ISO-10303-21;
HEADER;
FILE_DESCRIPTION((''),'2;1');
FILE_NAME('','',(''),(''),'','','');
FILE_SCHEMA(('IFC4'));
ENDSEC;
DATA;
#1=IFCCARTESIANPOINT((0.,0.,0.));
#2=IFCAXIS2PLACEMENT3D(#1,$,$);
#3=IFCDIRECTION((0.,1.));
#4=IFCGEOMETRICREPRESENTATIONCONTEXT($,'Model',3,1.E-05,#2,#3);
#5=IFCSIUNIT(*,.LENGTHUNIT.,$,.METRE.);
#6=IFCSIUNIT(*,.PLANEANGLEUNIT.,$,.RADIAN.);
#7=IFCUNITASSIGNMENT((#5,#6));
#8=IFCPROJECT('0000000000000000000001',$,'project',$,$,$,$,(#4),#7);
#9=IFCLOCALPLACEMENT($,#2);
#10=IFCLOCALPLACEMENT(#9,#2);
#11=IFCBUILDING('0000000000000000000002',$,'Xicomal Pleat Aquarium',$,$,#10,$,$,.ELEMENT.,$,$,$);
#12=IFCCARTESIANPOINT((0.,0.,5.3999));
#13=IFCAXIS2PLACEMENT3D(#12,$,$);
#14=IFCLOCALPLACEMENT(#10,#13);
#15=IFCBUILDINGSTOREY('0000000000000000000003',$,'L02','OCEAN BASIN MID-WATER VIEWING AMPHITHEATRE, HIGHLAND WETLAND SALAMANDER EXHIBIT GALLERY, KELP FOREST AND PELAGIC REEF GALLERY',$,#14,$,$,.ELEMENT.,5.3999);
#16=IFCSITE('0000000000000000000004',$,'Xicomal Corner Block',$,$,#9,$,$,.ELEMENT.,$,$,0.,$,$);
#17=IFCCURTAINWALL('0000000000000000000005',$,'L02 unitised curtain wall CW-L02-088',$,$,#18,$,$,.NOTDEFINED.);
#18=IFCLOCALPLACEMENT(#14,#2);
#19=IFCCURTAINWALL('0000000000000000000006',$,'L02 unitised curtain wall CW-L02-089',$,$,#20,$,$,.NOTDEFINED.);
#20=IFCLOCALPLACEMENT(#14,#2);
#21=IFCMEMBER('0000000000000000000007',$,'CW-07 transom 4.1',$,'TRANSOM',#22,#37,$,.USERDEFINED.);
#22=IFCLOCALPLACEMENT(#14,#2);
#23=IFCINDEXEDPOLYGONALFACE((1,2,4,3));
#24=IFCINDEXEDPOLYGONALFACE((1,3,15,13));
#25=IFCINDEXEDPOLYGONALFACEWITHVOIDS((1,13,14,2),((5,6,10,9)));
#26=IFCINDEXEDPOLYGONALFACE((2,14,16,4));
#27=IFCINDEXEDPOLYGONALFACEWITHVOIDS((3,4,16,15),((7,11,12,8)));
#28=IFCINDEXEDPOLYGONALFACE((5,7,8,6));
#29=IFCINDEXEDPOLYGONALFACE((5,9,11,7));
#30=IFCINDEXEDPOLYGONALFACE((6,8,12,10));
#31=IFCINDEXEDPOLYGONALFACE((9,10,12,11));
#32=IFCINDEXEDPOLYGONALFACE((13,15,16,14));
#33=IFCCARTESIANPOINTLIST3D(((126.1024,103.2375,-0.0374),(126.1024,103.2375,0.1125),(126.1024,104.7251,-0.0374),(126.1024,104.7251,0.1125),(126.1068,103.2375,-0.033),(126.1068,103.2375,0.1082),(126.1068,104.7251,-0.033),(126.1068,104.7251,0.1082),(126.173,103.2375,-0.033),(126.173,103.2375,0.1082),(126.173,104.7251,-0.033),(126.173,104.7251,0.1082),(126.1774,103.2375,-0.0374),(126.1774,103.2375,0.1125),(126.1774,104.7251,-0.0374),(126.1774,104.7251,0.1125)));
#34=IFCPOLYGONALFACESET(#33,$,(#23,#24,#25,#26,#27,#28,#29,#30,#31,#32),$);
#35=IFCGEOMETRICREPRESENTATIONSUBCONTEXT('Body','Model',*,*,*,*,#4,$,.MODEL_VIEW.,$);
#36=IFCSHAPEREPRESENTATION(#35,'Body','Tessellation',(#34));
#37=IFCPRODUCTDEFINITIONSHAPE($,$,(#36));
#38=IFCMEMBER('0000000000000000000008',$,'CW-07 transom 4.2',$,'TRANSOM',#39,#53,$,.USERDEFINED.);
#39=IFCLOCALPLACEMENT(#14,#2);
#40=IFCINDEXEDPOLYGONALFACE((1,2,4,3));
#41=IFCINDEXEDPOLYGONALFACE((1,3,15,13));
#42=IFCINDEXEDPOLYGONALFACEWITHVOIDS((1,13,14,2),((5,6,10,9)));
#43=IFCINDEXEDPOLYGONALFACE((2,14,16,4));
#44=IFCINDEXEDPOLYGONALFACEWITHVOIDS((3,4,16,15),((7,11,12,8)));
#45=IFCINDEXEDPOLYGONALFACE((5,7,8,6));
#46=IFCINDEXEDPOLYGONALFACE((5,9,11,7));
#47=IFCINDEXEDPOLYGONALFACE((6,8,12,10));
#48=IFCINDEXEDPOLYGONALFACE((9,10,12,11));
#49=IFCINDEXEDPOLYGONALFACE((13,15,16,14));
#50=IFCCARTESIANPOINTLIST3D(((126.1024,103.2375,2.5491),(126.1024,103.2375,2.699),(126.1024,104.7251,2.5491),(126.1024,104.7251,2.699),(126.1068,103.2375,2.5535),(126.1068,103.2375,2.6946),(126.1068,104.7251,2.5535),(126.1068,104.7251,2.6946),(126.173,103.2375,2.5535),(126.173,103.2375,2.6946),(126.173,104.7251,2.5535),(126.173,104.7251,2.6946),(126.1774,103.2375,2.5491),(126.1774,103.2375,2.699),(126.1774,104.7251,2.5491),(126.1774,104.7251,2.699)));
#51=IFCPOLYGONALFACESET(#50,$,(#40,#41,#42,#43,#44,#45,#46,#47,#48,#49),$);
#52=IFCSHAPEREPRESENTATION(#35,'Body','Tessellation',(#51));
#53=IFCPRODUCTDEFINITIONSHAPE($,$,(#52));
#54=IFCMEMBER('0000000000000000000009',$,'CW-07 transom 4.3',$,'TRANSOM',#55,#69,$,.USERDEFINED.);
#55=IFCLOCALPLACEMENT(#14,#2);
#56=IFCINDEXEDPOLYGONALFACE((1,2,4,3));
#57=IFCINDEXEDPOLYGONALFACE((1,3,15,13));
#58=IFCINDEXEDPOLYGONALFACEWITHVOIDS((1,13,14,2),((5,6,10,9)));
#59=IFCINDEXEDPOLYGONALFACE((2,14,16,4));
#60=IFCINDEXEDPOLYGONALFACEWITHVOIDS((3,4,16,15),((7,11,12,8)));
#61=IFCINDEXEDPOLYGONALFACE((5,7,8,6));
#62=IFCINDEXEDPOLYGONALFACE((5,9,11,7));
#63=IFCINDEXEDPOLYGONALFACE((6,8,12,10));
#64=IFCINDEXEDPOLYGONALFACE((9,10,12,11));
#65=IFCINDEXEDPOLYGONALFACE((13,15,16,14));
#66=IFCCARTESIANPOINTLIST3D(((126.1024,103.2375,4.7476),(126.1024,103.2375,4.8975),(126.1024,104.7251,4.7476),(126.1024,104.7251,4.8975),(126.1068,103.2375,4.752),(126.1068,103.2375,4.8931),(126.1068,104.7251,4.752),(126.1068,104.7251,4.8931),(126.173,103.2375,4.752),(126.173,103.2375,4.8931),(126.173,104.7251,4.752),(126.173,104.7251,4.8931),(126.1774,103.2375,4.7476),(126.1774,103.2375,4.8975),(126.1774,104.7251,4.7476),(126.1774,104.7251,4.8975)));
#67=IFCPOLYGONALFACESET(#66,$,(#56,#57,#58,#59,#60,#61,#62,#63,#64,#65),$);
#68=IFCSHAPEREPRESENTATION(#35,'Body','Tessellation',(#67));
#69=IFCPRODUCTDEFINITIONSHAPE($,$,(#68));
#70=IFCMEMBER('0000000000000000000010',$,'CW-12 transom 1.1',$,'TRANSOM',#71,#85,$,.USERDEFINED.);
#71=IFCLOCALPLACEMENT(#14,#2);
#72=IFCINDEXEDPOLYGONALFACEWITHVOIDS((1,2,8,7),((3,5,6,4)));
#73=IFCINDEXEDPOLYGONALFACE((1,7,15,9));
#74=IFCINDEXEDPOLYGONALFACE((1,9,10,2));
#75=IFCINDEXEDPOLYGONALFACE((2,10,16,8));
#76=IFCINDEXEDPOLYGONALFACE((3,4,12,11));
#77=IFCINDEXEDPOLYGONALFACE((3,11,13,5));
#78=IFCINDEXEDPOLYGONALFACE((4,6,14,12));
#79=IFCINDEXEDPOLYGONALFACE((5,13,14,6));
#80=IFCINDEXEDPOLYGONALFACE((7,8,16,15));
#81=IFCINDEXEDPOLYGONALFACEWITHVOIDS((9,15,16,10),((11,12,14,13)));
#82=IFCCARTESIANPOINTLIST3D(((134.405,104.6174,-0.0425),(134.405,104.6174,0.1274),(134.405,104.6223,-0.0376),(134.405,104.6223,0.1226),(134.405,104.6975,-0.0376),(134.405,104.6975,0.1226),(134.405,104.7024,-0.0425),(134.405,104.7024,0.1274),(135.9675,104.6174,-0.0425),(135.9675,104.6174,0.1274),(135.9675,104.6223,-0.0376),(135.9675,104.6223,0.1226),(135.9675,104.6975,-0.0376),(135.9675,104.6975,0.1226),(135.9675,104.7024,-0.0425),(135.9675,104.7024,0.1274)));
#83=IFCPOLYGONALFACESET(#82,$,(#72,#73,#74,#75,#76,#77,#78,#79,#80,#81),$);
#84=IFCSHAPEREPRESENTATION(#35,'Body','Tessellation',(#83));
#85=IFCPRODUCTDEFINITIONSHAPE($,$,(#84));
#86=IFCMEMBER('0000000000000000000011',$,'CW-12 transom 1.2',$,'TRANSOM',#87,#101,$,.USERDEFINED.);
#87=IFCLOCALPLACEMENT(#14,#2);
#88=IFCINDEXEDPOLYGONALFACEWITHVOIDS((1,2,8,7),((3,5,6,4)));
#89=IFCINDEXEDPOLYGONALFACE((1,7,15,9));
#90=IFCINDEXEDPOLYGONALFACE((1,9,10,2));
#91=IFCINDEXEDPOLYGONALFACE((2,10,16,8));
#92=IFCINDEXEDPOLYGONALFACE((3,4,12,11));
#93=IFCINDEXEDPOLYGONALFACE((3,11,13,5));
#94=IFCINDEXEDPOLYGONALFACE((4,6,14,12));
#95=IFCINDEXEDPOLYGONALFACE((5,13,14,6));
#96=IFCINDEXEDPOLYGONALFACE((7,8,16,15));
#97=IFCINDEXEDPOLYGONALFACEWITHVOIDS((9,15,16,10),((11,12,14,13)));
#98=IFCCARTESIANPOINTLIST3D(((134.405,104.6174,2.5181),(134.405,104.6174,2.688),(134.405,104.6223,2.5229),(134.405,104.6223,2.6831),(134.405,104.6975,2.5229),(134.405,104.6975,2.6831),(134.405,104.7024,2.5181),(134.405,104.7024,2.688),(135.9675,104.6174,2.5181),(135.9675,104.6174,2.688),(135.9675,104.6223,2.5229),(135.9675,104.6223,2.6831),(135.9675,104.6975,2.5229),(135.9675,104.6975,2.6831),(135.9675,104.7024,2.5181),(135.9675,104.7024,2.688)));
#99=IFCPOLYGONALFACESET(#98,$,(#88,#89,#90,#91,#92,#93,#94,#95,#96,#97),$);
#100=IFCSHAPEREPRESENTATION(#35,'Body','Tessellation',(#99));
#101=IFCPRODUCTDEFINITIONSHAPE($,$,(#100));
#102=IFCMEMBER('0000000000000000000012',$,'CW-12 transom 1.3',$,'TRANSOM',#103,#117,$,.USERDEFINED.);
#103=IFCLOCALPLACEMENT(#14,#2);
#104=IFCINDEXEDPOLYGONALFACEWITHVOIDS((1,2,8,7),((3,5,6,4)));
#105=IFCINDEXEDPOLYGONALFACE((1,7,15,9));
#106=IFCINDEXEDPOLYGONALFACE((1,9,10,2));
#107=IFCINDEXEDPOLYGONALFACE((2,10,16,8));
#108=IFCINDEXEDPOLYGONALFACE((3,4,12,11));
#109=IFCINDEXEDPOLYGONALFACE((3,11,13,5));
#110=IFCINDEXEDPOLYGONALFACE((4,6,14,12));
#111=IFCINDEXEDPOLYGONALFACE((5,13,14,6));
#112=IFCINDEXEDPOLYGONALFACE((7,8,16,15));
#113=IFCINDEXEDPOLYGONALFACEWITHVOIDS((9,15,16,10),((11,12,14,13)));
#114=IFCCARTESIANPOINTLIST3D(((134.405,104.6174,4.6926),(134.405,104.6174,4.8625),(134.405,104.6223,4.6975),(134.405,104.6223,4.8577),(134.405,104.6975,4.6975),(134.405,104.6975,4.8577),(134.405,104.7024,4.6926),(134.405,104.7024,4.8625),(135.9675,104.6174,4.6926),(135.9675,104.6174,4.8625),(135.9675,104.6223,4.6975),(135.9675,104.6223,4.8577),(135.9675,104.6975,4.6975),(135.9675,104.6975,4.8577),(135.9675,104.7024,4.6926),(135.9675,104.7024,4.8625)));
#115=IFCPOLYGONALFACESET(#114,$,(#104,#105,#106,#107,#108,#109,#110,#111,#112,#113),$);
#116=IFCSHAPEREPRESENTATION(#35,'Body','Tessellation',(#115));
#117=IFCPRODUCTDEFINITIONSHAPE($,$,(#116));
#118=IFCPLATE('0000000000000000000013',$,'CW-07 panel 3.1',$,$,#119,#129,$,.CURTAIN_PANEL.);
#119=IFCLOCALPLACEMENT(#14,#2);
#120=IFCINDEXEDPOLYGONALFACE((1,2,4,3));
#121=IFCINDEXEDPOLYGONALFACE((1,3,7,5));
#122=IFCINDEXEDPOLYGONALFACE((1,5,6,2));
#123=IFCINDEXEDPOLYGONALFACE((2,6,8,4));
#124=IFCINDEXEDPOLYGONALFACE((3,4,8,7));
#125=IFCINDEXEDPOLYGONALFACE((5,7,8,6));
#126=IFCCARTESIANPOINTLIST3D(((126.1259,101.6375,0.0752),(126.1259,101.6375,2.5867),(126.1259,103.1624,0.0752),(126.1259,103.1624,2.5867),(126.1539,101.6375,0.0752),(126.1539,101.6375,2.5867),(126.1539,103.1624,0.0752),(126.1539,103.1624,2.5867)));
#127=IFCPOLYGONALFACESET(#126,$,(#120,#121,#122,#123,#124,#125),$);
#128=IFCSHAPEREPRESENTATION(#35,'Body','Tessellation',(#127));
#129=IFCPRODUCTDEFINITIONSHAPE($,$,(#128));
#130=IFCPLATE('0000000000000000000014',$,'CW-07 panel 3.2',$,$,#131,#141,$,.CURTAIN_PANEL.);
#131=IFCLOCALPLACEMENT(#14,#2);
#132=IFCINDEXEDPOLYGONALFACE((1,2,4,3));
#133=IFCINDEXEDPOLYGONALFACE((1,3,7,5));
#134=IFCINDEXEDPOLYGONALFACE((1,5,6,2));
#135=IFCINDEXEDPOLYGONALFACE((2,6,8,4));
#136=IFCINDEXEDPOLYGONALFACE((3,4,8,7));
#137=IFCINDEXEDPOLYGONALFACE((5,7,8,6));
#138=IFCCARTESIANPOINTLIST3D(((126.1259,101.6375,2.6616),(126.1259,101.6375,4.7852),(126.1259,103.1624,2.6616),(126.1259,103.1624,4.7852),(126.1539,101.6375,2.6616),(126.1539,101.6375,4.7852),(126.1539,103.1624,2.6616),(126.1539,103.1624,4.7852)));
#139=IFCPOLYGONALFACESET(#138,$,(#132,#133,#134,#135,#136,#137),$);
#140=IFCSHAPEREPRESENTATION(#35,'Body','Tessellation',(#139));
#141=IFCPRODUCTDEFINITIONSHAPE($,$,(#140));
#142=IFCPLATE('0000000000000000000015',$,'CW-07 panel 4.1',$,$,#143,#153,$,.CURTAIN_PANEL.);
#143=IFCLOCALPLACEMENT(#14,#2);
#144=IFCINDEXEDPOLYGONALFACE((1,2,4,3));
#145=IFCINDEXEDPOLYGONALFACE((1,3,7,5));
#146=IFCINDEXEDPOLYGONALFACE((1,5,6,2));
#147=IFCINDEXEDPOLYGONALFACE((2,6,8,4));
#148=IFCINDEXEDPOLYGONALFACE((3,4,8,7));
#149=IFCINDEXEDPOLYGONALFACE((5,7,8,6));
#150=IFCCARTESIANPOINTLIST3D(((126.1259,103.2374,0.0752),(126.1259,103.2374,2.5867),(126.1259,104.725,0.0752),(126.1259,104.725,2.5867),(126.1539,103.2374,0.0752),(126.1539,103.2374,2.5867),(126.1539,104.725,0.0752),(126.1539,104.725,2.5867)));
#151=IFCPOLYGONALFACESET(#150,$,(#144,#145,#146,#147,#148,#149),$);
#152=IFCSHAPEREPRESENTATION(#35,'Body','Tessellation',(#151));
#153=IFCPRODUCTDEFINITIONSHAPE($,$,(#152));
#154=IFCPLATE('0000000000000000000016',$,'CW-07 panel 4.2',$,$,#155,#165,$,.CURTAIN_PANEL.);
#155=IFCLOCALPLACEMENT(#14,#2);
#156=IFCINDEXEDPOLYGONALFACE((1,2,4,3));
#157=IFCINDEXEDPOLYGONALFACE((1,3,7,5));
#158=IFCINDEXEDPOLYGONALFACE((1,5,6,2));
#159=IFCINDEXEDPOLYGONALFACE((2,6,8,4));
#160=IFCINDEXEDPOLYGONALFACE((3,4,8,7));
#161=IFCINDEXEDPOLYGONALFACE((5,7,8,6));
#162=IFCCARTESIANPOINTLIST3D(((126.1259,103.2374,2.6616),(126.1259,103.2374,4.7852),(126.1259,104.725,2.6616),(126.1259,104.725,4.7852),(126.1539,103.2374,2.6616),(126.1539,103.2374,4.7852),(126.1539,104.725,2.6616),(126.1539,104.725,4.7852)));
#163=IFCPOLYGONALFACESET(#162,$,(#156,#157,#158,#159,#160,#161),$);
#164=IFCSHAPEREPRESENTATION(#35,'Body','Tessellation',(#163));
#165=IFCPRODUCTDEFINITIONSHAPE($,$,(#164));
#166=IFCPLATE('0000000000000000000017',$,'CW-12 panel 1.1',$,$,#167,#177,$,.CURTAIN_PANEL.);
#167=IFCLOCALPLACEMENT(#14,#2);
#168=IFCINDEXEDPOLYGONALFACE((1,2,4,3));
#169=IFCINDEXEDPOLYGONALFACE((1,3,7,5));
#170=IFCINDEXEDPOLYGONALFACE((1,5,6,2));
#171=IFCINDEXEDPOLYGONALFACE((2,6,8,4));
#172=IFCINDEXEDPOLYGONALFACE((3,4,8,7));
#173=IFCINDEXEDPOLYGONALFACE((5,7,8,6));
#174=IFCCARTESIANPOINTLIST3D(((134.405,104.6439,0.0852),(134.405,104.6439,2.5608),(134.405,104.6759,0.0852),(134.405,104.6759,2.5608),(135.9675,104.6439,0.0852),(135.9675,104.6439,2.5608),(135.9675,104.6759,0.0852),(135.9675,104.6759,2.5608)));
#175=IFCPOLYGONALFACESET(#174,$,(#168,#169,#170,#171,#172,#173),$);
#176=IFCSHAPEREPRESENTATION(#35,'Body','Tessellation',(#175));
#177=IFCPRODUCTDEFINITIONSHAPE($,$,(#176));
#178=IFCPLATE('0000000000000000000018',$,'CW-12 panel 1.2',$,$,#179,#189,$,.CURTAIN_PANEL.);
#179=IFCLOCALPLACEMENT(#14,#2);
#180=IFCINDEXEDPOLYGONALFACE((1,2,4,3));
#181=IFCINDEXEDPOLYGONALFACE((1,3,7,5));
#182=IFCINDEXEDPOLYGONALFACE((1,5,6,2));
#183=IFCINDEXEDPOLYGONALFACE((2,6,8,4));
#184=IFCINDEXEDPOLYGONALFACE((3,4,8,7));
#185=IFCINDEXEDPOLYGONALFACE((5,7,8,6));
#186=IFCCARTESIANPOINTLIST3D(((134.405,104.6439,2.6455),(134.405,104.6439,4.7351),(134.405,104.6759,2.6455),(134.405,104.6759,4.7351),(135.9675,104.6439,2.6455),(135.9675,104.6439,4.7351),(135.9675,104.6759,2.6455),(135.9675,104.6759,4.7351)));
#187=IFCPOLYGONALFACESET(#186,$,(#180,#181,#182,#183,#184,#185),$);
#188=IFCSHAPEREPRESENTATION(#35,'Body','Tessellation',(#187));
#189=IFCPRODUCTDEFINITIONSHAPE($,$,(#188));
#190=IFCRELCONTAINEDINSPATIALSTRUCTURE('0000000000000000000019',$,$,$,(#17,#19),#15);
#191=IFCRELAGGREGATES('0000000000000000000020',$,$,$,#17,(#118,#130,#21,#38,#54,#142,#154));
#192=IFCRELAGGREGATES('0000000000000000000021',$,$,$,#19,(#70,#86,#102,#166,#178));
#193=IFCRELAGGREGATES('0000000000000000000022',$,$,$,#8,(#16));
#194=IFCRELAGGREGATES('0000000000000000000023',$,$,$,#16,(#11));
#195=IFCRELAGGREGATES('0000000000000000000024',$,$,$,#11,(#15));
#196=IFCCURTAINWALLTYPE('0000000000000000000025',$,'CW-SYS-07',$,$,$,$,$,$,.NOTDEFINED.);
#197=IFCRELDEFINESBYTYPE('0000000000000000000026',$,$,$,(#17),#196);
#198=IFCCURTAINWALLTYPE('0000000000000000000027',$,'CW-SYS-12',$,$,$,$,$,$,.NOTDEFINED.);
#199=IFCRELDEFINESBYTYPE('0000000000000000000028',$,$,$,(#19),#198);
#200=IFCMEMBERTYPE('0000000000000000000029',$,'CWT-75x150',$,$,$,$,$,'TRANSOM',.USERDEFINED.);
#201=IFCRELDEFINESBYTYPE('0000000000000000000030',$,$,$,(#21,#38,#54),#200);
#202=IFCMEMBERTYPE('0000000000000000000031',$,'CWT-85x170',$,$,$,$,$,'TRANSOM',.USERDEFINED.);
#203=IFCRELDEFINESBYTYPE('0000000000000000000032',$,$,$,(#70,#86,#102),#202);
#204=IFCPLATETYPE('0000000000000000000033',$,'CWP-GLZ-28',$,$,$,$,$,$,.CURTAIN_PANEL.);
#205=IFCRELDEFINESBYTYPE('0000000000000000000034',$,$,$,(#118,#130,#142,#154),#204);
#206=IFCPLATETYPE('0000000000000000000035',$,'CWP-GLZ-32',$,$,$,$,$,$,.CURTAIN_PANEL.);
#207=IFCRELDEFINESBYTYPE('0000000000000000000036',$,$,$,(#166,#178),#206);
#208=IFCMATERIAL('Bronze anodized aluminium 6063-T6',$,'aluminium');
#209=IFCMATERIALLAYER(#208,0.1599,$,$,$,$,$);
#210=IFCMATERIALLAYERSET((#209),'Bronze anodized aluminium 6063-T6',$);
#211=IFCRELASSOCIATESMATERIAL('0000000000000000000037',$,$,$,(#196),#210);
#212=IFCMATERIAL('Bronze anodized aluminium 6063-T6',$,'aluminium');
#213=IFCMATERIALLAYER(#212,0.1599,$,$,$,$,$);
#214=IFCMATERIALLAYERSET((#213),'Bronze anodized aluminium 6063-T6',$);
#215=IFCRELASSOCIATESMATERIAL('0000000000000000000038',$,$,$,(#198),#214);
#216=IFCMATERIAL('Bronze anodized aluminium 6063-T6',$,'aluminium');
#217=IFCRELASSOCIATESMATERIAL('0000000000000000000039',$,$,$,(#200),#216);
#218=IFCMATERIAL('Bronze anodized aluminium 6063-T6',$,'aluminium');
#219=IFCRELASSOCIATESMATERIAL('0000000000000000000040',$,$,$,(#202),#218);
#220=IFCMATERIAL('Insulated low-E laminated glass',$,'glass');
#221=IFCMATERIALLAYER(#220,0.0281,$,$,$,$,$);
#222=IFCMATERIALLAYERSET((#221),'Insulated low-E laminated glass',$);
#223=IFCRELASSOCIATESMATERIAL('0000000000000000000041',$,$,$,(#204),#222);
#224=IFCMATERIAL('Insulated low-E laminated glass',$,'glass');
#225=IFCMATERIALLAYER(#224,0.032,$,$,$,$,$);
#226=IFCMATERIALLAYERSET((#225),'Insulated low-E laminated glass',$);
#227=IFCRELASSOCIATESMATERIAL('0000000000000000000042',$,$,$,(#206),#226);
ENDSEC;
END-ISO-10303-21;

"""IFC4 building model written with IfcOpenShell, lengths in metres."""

from ifc_helpers import new_model, si_unit, direction, frame, origin, origin_2d, place, context, subcontext, project, spatial, rectangle, hollow_rectangle, extrude, material, layer, layer_set, material_profile, profile_set, type_object, element, aggregate, save


model = new_model("IFC4")

# Units and contexts
model_context = context("Model", 3, precision=1e-05, world=origin(), true_north=direction((0.0, 1.0)))
body_context = subcontext(model_context, "Body", "Model", "MODEL_VIEW")
ifc_project = project(units=[si_unit("LENGTHUNIT", "METRE"), si_unit("PLANEANGLEUNIT", "RADIAN")], contexts=[model_context])

# Site, building, storey
site_placement = place(None, origin())
site = spatial("IfcSite", under=ifc_project, at=site_placement, Name="Xicomal Corner Block", CompositionType="ELEMENT", RefElevation=0.0)
building_placement = place(site_placement, origin())
building = spatial("IfcBuilding", under=site, at=building_placement, Name="Xicomal Pleat Aquarium", CompositionType="ELEMENT")
storey_placement = place(building_placement, frame((0.0, 0.0, 5.3999)))
storey = spatial("IfcBuildingStorey", under=building, at=storey_placement, Name="L02", Description="OCEAN BASIN MID-WATER VIEWING AMPHITHEATRE, HIGHLAND WETLAND SALAMANDER EXHIBIT GALLERY, KELP FOREST AND PELAGIC REEF GALLERY", CompositionType="ELEMENT", Elevation=5.3999)

# Curtain wall
ifc_material_1 = material(Name="Bronze anodized aluminium 6063-T6", Category="aluminium")
ifc_layer_1 = layer(ifc_material_1, 0.1599)
ifc_layer_set_1 = layer_set([ifc_layer_1], Name="Bronze anodized aluminium 6063-T6")
curtain_wall_type_1 = type_object("IfcCurtainWallType", Name="CW-SYS-07", PredefinedType="NOTDEFINED", material=ifc_layer_set_1)
curtain_wall_1_placement = place(storey_placement, origin())
curtain_wall_1 = element("IfcCurtainWall", 1, at=curtain_wall_1_placement, inside=storey, type_object=curtain_wall_type_1, Name="L02 unitised curtain wall CW-L02-088", PredefinedType="NOTDEFINED")

# Curtain wall
ifc_material_2 = material(Name="Bronze anodized aluminium 6063-T6", Category="aluminium")
ifc_layer_2 = layer(ifc_material_2, 0.1599)
ifc_layer_set_2 = layer_set([ifc_layer_2], Name="Bronze anodized aluminium 6063-T6")
curtain_wall_type_2 = type_object("IfcCurtainWallType", Name="CW-SYS-12", PredefinedType="NOTDEFINED", material=ifc_layer_set_2)
curtain_wall_2_placement = place(storey_placement, origin())
curtain_wall_2 = element("IfcCurtainWall", 2, at=curtain_wall_2_placement, inside=storey, type_object=curtain_wall_type_2, Name="L02 unitised curtain wall CW-L02-089", PredefinedType="NOTDEFINED")

# Members
ifc_material_3 = material(Name="Bronze anodized aluminium 6063-T6", Category="aluminium")
ifc_material_profile_1 = material_profile(ifc_material_3, hollow_rectangle(XDim=0.075, YDim=0.1499, WallThickness=0.0044, at=origin_2d()), Name="ALU TRAN 75x150")
ifc_profile_set_1 = profile_set([ifc_material_profile_1], Name="Bronze anodized aluminium 6063-T6")
member_type_1 = type_object("IfcMemberType", Name="CWT-75x150", ElementType="TRANSOM", PredefinedType="USERDEFINED", material=ifc_profile_set_1)
member_1_placement = place(storey_placement, frame((126.1399, 103.2375, 0.0376), z_axis=(0.0, 1.0, 0.0), x_axis=(-1.0, 0.0, 0.0)))
member_1 = element("IfcMember", 3, at=member_1_placement, type_object=member_type_1, Name="CW-07 transom 4.1", ObjectType="TRANSOM", PredefinedType="USERDEFINED", context=body_context, shape_type="SweptSolid", body=[
    extrude(hollow_rectangle(XDim=0.075, YDim=0.1499, WallThickness=0.0044, at=origin_2d()), origin(), (0.0, 0.0, 1.0), 1.4875),
])
member_2_placement = place(storey_placement, frame((126.1399, 103.2375, 2.624), z_axis=(0.0, 1.0, 0.0), x_axis=(-1.0, 0.0, 0.0)))
member_2 = element("IfcMember", 4, at=member_2_placement, type_object=member_type_1, Name="CW-07 transom 4.2", ObjectType="TRANSOM", PredefinedType="USERDEFINED", context=body_context, shape_type="SweptSolid", body=[
    extrude(hollow_rectangle(XDim=0.075, YDim=0.1499, WallThickness=0.0044, at=origin_2d()), origin(), (0.0, 0.0, 1.0), 1.4875),
])
member_3_placement = place(storey_placement, frame((126.1399, 103.2375, 4.8225), z_axis=(0.0, 1.0, 0.0), x_axis=(-1.0, 0.0, 0.0)))
member_3 = element("IfcMember", 5, at=member_3_placement, type_object=member_type_1, Name="CW-07 transom 4.3", ObjectType="TRANSOM", PredefinedType="USERDEFINED", context=body_context, shape_type="SweptSolid", body=[
    extrude(hollow_rectangle(XDim=0.075, YDim=0.1499, WallThickness=0.0044, at=origin_2d()), origin(), (0.0, 0.0, 1.0), 1.4875),
])
ifc_material_4 = material(Name="Bronze anodized aluminium 6063-T6", Category="aluminium")
ifc_material_profile_2 = material_profile(ifc_material_4, hollow_rectangle(XDim=0.085, YDim=0.1699, WallThickness=0.0049, at=origin_2d()), Name="ALU TRAN 85x170")
ifc_profile_set_2 = profile_set([ifc_material_profile_2], Name="Bronze anodized aluminium 6063-T6")
member_type_2 = type_object("IfcMemberType", Name="CWT-85x170", ElementType="TRANSOM", PredefinedType="USERDEFINED", material=ifc_profile_set_2)
member_4_placement = place(storey_placement, frame((134.405, 104.6599, 0.0425), z_axis=(1.0, 0.0, 0.0), x_axis=(0.0, 1.0, 0.0)))
member_4 = element("IfcMember", 6, at=member_4_placement, type_object=member_type_2, Name="CW-12 transom 1.1", ObjectType="TRANSOM", PredefinedType="USERDEFINED", context=body_context, shape_type="SweptSolid", body=[
    extrude(hollow_rectangle(XDim=0.085, YDim=0.1699, WallThickness=0.0049, at=origin_2d()), origin(), (0.0, 0.0, 1.0), 1.5625),
])
member_5_placement = place(storey_placement, frame((134.405, 104.6599, 2.603), z_axis=(1.0, 0.0, 0.0), x_axis=(0.0, 1.0, 0.0)))
member_5 = element("IfcMember", 7, at=member_5_placement, type_object=member_type_2, Name="CW-12 transom 1.2", ObjectType="TRANSOM", PredefinedType="USERDEFINED", context=body_context, shape_type="SweptSolid", body=[
    extrude(hollow_rectangle(XDim=0.085, YDim=0.1699, WallThickness=0.0049, at=origin_2d()), origin(), (0.0, 0.0, 1.0), 1.5625),
])
member_6_placement = place(storey_placement, frame((134.405, 104.6599, 4.7776), z_axis=(1.0, 0.0, 0.0), x_axis=(0.0, 1.0, 0.0)))
member_6 = element("IfcMember", 8, at=member_6_placement, type_object=member_type_2, Name="CW-12 transom 1.3", ObjectType="TRANSOM", PredefinedType="USERDEFINED", context=body_context, shape_type="SweptSolid", body=[
    extrude(hollow_rectangle(XDim=0.085, YDim=0.1699, WallThickness=0.0049, at=origin_2d()), origin(), (0.0, 0.0, 1.0), 1.5625),
])

# Plates
ifc_material_5 = material(Name="Insulated low-E laminated glass", Category="glass")
ifc_layer_3 = layer(ifc_material_5, 0.0281)
ifc_layer_set_3 = layer_set([ifc_layer_3], Name="Insulated low-E laminated glass")
plate_type_1 = type_object("IfcPlateType", Name="CWP-GLZ-28", PredefinedType="CURTAIN_PANEL", material=ifc_layer_set_3)
plate_1_placement = place(storey_placement, frame((126.1399, 102.3999, 0.0752), z_axis=(0.0, 0.0, 1.0), x_axis=(0.0, 1.0, 0.0)))
plate_1 = element("IfcPlate", 9, at=plate_1_placement, type_object=plate_type_1, Name="CW-07 panel 3.1", PredefinedType="CURTAIN_PANEL", context=body_context, shape_type="SweptSolid", body=[
    extrude(rectangle(XDim=1.5249, YDim=0.0281, at=origin_2d()), origin(), (0.0, 0.0, 1.0), 2.5115),
])
plate_2_placement = place(storey_placement, frame((126.1399, 102.3999, 2.6616), z_axis=(0.0, 0.0, 1.0), x_axis=(0.0, 1.0, 0.0)))
plate_2 = element("IfcPlate", 10, at=plate_2_placement, type_object=plate_type_1, Name="CW-07 panel 3.2", PredefinedType="CURTAIN_PANEL", context=body_context, shape_type="SweptSolid", body=[
    extrude(rectangle(XDim=1.5249, YDim=0.0281, at=origin_2d()), origin(), (0.0, 0.0, 1.0), 2.1235),
])
plate_3_placement = place(storey_placement, frame((126.1399, 103.9812, 0.0752), z_axis=(0.0, 0.0, 1.0), x_axis=(0.0, 1.0, 0.0)))
plate_3 = element("IfcPlate", 11, at=plate_3_placement, type_object=plate_type_1, Name="CW-07 panel 4.1", PredefinedType="CURTAIN_PANEL", context=body_context, shape_type="SweptSolid", body=[
    extrude(rectangle(XDim=1.4875, YDim=0.0281, at=origin_2d()), origin(), (0.0, 0.0, 1.0), 2.5115),
])
plate_4_placement = place(storey_placement, frame((126.1399, 103.9812, 2.6616), z_axis=(0.0, 0.0, 1.0), x_axis=(0.0, 1.0, 0.0)))
plate_4 = element("IfcPlate", 12, at=plate_4_placement, type_object=plate_type_1, Name="CW-07 panel 4.2", PredefinedType="CURTAIN_PANEL", context=body_context, shape_type="SweptSolid", body=[
    extrude(rectangle(XDim=1.4875, YDim=0.0281, at=origin_2d()), origin(), (0.0, 0.0, 1.0), 2.1235),
])
aggregate(curtain_wall_1, [plate_1, plate_2, member_1, member_2, member_3, plate_3, plate_4])
ifc_material_6 = material(Name="Insulated low-E laminated glass", Category="glass")
ifc_layer_4 = layer(ifc_material_6, 0.032)
ifc_layer_set_4 = layer_set([ifc_layer_4], Name="Insulated low-E laminated glass")
plate_type_2 = type_object("IfcPlateType", Name="CWP-GLZ-32", PredefinedType="CURTAIN_PANEL", material=ifc_layer_set_4)
plate_5_placement = place(storey_placement, frame((135.1863, 104.6599, 0.0852), z_axis=(0.0, 0.0, 1.0), x_axis=(1.0, 0.0, 0.0)))
plate_5 = element("IfcPlate", 13, at=plate_5_placement, type_object=plate_type_2, Name="CW-12 panel 1.1", PredefinedType="CURTAIN_PANEL", context=body_context, shape_type="SweptSolid", body=[
    extrude(rectangle(XDim=1.5625, YDim=0.032, at=origin_2d()), origin(), (0.0, 0.0, 1.0), 2.4756),
])
plate_6_placement = place(storey_placement, frame((135.1863, 104.6599, 2.6455), z_axis=(0.0, 0.0, 1.0), x_axis=(1.0, 0.0, 0.0)))
plate_6 = element("IfcPlate", 14, at=plate_6_placement, type_object=plate_type_2, Name="CW-12 panel 1.2", PredefinedType="CURTAIN_PANEL", context=body_context, shape_type="SweptSolid", body=[
    extrude(rectangle(XDim=1.5625, YDim=0.032, at=origin_2d()), origin(), (0.0, 0.0, 1.0), 2.0896),
])
aggregate(curtain_wall_2, [member_4, member_5, member_6, plate_5, plate_6])

save(model, "model.ifc")
